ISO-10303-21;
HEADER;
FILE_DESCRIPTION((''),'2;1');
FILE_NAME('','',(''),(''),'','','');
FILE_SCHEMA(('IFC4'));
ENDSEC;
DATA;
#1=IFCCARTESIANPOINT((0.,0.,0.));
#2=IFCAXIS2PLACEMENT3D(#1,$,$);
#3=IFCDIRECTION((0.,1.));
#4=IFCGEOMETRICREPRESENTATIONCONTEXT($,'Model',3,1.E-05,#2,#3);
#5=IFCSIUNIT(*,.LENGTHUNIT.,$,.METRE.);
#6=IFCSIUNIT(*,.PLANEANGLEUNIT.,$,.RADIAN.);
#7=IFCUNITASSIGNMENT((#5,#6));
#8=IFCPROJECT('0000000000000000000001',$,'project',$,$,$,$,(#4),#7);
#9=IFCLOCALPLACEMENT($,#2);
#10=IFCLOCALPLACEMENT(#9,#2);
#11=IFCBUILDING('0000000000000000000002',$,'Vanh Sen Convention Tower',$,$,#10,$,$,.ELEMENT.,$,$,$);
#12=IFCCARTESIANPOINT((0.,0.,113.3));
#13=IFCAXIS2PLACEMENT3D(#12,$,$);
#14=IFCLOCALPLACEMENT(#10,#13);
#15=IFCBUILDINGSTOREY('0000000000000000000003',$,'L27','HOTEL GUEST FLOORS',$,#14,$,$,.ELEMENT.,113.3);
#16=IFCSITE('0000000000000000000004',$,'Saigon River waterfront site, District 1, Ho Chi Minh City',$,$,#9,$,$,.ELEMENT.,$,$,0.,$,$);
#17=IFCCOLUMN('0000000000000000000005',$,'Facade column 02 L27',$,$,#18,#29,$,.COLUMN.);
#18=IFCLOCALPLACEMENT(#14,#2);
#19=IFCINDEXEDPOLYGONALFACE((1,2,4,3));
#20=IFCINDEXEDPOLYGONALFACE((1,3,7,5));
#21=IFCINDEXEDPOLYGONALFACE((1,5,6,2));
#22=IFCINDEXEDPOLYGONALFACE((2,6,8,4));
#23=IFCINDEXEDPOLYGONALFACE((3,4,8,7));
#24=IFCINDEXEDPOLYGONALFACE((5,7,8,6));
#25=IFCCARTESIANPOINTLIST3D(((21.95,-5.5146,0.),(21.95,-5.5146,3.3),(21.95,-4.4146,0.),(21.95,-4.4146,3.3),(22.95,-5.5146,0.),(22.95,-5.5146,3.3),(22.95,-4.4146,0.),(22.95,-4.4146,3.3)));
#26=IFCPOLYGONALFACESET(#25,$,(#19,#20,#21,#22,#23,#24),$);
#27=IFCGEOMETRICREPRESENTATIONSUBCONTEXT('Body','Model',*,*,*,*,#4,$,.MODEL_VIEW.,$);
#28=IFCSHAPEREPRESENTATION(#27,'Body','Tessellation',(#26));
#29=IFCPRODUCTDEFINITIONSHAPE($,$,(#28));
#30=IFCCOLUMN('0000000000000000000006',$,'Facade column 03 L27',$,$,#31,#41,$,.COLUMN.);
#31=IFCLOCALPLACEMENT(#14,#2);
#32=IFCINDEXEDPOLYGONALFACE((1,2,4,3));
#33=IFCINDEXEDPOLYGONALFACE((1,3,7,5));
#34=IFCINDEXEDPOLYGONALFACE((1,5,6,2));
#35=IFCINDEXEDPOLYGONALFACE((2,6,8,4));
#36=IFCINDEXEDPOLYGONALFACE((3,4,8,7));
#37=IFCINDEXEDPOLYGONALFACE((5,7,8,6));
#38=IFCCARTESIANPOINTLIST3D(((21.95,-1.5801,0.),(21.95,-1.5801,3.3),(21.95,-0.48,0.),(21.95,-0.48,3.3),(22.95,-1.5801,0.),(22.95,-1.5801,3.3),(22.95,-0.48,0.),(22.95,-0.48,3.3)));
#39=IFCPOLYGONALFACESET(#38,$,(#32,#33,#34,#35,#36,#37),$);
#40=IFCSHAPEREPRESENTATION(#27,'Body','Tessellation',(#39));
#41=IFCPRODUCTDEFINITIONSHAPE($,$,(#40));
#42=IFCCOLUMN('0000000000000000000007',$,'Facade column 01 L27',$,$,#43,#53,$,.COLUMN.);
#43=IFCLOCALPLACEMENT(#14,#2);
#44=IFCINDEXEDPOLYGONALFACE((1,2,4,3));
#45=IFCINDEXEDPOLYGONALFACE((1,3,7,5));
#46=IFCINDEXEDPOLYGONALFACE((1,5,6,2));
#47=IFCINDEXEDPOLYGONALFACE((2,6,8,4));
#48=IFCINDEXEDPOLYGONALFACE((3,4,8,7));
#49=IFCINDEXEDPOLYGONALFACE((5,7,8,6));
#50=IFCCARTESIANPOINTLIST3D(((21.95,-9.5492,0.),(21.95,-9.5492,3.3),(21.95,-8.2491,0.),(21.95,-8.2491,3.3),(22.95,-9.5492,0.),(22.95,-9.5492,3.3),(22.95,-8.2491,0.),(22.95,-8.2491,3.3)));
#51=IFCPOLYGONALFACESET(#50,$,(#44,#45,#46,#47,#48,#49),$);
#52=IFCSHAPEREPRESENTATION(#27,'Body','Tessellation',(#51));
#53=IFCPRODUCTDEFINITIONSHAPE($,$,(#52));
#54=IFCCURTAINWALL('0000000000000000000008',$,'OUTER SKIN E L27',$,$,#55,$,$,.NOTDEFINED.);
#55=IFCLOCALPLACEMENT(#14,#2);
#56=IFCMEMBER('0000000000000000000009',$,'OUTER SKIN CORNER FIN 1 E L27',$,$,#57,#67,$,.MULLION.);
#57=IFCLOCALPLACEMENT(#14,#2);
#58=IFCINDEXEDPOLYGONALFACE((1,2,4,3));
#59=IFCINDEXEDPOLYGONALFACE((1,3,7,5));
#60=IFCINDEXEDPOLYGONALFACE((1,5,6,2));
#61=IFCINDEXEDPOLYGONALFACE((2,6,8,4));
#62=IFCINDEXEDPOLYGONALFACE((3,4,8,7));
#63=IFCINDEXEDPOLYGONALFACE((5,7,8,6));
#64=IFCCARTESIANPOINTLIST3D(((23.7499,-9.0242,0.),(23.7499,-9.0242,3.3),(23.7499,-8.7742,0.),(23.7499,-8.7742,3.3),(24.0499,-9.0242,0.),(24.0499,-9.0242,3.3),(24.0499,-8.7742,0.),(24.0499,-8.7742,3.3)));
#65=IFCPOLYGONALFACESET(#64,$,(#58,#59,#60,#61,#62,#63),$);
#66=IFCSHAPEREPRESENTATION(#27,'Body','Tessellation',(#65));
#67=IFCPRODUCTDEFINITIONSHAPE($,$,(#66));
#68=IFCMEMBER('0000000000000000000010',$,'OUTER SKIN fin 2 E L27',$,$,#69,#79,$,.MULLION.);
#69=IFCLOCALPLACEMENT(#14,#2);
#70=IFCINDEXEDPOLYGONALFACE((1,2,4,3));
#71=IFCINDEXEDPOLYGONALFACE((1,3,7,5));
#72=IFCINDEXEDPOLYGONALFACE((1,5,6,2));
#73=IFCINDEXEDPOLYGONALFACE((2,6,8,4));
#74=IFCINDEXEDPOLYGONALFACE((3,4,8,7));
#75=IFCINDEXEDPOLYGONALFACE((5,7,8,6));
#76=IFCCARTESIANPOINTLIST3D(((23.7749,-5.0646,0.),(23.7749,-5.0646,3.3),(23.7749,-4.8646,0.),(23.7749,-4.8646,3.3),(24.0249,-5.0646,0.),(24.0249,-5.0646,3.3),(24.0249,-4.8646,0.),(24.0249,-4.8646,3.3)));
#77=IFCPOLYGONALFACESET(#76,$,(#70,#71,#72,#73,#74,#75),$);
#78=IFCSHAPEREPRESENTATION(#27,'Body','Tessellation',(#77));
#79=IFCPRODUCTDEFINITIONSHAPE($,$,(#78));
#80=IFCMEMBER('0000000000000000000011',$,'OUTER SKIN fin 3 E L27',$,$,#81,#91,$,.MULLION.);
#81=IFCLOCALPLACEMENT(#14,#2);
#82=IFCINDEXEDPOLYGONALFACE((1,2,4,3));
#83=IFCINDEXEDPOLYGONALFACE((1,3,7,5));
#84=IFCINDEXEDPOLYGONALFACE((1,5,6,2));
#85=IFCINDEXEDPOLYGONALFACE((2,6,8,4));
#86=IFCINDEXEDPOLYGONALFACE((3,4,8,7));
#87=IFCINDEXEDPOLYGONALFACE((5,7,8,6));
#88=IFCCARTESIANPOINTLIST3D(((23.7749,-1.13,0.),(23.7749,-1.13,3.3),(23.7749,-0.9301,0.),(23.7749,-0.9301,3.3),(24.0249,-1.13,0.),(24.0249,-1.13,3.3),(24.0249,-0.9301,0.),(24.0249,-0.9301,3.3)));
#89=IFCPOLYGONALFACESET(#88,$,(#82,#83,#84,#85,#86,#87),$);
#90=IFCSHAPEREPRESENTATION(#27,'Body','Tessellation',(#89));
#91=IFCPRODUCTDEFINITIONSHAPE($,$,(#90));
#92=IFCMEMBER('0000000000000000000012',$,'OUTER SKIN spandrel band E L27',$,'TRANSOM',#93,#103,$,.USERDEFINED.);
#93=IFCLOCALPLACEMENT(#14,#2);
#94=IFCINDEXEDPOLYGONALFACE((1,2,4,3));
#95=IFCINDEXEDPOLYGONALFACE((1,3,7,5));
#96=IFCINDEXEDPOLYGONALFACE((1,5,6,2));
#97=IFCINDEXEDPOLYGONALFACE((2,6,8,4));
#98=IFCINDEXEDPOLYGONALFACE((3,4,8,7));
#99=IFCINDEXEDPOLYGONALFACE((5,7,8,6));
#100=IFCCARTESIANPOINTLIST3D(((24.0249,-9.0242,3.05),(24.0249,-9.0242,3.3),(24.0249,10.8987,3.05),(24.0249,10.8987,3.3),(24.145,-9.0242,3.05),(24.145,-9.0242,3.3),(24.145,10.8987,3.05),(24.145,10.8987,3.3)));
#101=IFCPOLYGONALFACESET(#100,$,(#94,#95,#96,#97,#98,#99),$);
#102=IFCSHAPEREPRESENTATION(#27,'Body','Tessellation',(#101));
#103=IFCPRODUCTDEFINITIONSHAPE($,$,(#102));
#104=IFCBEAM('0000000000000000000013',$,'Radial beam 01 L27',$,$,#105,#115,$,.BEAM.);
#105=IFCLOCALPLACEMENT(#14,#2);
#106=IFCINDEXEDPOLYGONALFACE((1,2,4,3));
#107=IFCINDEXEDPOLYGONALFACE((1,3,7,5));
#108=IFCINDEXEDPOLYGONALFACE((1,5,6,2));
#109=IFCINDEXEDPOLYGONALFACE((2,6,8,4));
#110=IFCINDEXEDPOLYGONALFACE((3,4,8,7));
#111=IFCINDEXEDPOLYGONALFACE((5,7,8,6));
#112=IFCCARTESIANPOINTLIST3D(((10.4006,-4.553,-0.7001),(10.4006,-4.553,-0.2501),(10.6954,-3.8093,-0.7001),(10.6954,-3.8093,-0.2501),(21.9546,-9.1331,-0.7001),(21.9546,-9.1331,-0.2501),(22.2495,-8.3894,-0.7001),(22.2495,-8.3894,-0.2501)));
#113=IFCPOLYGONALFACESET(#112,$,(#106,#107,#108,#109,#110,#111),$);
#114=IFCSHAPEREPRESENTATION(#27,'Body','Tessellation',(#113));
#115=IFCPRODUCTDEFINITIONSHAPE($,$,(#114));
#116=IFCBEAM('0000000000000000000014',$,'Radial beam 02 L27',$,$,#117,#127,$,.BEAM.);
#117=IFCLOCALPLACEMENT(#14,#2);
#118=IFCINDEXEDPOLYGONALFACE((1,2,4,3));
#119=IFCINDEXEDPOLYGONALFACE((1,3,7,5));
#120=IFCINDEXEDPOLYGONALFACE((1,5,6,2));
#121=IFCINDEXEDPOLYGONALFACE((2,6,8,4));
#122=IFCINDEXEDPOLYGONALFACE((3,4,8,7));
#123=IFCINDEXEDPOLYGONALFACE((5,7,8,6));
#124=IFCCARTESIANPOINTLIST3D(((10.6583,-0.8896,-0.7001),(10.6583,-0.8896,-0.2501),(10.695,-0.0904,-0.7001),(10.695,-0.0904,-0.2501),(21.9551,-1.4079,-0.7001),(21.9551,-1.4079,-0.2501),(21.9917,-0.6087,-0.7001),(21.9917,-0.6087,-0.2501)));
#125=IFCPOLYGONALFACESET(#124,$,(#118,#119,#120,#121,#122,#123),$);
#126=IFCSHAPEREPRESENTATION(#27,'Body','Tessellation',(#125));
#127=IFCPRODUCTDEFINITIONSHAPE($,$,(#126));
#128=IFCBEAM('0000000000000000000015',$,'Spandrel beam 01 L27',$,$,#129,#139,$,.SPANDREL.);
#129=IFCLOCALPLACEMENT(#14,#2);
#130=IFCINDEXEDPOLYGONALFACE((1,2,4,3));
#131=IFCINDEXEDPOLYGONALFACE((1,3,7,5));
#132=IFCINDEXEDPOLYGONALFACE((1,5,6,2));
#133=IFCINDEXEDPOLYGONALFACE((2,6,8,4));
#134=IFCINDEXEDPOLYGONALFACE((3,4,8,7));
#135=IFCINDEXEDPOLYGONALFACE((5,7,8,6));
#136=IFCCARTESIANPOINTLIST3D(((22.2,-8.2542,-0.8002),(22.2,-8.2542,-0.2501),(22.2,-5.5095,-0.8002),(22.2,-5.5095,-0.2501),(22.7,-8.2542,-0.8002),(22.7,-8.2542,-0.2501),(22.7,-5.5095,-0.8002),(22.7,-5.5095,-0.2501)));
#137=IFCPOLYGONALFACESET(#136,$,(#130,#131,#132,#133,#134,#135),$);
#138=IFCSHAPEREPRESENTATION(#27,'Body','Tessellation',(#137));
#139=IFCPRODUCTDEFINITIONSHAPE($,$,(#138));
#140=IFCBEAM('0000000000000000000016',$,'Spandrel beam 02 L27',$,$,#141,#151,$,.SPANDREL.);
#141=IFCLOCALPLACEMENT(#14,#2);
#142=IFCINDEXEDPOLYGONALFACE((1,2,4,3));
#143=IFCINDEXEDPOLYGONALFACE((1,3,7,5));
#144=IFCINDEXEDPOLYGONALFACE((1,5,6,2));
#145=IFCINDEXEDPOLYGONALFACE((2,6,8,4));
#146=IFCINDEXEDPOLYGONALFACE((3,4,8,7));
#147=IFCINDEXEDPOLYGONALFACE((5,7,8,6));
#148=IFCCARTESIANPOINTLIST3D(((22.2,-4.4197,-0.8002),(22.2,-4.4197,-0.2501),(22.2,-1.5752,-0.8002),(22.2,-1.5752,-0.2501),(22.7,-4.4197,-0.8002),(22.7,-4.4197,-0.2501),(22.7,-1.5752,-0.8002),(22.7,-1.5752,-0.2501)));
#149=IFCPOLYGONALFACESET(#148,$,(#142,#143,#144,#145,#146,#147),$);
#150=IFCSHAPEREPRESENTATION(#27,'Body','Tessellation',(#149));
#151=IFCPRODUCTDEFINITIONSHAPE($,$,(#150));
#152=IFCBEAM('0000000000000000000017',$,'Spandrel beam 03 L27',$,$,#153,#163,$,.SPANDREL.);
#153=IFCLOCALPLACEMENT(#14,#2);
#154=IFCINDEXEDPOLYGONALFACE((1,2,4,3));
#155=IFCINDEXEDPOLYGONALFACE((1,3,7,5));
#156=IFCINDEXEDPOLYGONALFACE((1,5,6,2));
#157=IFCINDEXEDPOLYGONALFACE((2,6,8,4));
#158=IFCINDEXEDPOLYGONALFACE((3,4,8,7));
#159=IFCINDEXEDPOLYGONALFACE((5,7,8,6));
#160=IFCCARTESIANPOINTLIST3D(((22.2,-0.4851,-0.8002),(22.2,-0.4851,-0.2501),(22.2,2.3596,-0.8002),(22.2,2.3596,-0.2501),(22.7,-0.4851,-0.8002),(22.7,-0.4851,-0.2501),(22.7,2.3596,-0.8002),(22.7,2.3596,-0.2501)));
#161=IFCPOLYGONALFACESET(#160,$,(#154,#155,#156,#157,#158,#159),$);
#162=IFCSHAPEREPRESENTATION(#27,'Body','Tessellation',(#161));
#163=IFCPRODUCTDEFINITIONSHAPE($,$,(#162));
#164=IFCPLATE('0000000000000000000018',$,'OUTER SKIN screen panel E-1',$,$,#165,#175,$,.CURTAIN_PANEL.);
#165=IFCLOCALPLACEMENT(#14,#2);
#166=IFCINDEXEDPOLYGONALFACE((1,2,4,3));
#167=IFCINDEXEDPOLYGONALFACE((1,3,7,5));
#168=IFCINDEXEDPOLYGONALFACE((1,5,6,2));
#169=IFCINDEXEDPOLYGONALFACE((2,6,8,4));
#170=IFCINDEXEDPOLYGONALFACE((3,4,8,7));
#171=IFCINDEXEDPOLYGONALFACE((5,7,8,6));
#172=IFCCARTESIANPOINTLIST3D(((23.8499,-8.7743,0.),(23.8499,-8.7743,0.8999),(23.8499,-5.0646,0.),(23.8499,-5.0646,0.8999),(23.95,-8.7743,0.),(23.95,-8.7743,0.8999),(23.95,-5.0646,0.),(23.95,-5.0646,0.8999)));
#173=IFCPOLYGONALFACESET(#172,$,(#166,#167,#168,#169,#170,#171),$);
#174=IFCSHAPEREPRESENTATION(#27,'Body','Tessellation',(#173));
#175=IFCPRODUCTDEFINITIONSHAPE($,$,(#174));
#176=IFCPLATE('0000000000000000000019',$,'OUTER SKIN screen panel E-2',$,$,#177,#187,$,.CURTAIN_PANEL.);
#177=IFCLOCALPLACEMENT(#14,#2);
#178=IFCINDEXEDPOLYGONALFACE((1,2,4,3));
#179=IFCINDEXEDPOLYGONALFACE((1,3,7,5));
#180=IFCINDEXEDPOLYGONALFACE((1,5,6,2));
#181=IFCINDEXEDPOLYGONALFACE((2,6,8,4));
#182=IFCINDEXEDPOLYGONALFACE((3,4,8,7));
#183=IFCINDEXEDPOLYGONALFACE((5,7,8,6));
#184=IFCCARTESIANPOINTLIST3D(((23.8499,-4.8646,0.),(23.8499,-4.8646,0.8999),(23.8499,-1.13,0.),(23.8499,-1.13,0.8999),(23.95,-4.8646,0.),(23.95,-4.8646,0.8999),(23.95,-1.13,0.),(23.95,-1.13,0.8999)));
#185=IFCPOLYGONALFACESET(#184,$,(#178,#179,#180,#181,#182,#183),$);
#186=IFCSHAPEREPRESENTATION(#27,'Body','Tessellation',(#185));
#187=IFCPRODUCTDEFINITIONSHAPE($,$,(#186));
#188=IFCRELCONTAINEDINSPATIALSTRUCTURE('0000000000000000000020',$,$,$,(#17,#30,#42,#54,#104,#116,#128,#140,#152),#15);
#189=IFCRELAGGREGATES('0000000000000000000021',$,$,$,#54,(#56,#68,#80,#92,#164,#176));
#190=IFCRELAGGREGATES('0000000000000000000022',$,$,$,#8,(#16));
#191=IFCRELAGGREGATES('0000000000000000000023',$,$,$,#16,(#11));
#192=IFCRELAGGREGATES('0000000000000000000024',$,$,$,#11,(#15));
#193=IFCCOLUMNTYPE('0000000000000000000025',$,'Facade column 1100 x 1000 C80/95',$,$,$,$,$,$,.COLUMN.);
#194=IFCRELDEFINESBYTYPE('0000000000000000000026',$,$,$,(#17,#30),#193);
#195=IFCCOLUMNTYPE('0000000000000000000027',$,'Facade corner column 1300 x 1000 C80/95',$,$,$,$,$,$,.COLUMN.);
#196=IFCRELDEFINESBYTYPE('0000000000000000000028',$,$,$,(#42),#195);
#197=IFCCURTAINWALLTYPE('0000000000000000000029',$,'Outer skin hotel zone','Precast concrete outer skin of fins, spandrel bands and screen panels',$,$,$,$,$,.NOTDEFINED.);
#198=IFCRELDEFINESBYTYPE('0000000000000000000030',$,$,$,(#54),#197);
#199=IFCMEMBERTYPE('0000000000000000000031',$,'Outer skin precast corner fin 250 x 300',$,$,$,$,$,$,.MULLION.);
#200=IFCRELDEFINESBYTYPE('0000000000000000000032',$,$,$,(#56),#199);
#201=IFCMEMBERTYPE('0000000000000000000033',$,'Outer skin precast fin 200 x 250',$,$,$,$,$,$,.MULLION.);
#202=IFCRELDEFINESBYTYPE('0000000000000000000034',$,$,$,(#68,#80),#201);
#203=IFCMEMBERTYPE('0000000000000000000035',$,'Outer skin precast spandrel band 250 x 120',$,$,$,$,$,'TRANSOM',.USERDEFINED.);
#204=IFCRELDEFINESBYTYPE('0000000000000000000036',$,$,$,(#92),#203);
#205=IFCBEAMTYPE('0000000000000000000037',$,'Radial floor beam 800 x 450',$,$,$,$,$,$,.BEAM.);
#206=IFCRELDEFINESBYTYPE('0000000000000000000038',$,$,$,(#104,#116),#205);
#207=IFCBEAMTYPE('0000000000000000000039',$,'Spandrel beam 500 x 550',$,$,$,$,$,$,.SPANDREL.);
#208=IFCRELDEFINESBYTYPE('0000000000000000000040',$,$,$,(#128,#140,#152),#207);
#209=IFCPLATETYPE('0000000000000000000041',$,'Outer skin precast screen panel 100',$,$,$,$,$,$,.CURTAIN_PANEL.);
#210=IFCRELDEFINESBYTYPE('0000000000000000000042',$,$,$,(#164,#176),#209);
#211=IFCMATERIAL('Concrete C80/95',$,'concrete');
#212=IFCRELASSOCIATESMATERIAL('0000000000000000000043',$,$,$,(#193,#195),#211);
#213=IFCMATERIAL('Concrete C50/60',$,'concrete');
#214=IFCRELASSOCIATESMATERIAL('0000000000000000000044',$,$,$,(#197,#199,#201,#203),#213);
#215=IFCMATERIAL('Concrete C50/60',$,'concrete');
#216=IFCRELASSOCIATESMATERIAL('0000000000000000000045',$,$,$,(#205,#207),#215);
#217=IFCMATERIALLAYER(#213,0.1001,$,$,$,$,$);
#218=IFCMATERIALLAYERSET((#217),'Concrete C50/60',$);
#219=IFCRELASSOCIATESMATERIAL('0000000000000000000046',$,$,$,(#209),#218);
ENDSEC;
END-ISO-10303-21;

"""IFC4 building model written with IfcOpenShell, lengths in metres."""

from ifc_helpers import new_model, si_unit, direction, frame, origin, origin_2d, place, context, subcontext, project, spatial, rectangle, extrude, material, layer, layer_set, material_profile, profile_set, type_object, element, aggregate, save


model = new_model("IFC4")

# Units and contexts
model_context = context("Model", 3, precision=1e-05, world=origin(), true_north=direction((0.0, 1.0)))
body_context = subcontext(model_context, "Body", "Model", "MODEL_VIEW")
ifc_project = project(units=[si_unit("LENGTHUNIT", "METRE"), si_unit("PLANEANGLEUNIT", "RADIAN")], contexts=[model_context])

# Site, building, storey
site_placement = place(None, origin())
site = spatial("IfcSite", under=ifc_project, at=site_placement, Name="Saigon River waterfront site, District 1, Ho Chi Minh City", CompositionType="ELEMENT", RefElevation=0.0)
building_placement = place(site_placement, origin())
building = spatial("IfcBuilding", under=site, at=building_placement, Name="Vanh Sen Convention Tower", CompositionType="ELEMENT")
storey_placement = place(building_placement, frame((0.0, 0.0, 113.3)))
storey = spatial("IfcBuildingStorey", under=building, at=storey_placement, Name="L27", Description="HOTEL GUEST FLOORS", CompositionType="ELEMENT", Elevation=113.3)

# Columns
ifc_material_1 = material(Name="Concrete C80/95", Category="concrete")
ifc_material_profile_1 = material_profile(ifc_material_1, rectangle(XDim=1.1001, YDim=1.0, at=origin_2d()), Name="RC 1100X1000")
ifc_profile_set_1 = profile_set([ifc_material_profile_1], Name="Concrete C80/95")
column_type_1 = type_object("IfcColumnType", Name="Facade column 1100 x 1000 C80/95", PredefinedType="COLUMN", material=ifc_profile_set_1)
for number, where, z_axis, x_axis, name in (
    (1, (22.45, -4.9646, 0.0), (0.0, 0.0, 1.0), (0.0, 1.0, 0.0), "Facade column 02 L27"),
    (2, (22.45, -1.03, 0.0), (0.0, 0.0, 1.0), (0.0, 1.0, 0.0), "Facade column 03 L27"),
):
    element("IfcColumn", number, at=place(storey_placement, frame(where, z_axis=z_axis, x_axis=x_axis)), inside=storey, type_object=column_type_1, Name=name, PredefinedType="COLUMN", context=body_context, shape_type="SweptSolid", body=[
        extrude(rectangle(XDim=1.1001, YDim=1.0, at=origin_2d()), origin(), (0.0, 0.0, 1.0), 3.3),
    ])
ifc_material_profile_2 = material_profile(ifc_material_1, rectangle(XDim=1.3, YDim=1.0, at=origin_2d()), Name="RC 1300X1000")
ifc_profile_set_2 = profile_set([ifc_material_profile_2], Name="Concrete C80/95")
column_type_2 = type_object("IfcColumnType", Name="Facade corner column 1300 x 1000 C80/95", PredefinedType="COLUMN", material=ifc_profile_set_2)
column_placement = place(storey_placement, frame((22.45, -8.8992, 0.0), z_axis=(0.0, 0.0, 1.0), x_axis=(0.0, 1.0, 0.0)))
element("IfcColumn", 3, at=column_placement, inside=storey, type_object=column_type_2, Name="Facade column 01 L27", PredefinedType="COLUMN", context=body_context, shape_type="SweptSolid", body=[
    extrude(rectangle(XDim=1.3, YDim=1.0, at=origin_2d()), origin(), (0.0, 0.0, 1.0), 3.3),
])

# Curtain wall, members
ifc_material_2 = material(Name="Concrete C50/60", Category="concrete")
curtain_wall_type = type_object("IfcCurtainWallType", Name="Outer skin hotel zone", Description="Precast concrete outer skin of fins, spandrel bands and screen panels", PredefinedType="NOTDEFINED", material=ifc_material_2)
curtain_wall_placement = place(storey_placement, origin())
curtain_wall = element("IfcCurtainWall", 4, at=curtain_wall_placement, inside=storey, type_object=curtain_wall_type, Name="OUTER SKIN E L27", PredefinedType="NOTDEFINED")
ifc_material_profile_3 = material_profile(ifc_material_2, rectangle(XDim=0.25, YDim=0.3, at=origin_2d()), Name="Outer skin precast corner fin 250 x 300")
ifc_profile_set_3 = profile_set([ifc_material_profile_3], Name="Concrete C50/60")
member_type_1 = type_object("IfcMemberType", Name="Outer skin precast corner fin 250 x 300", PredefinedType="MULLION", material=ifc_profile_set_3)
member_1_placement = place(storey_placement, frame((23.8999, -8.8992, 0.0), z_axis=(0.0, 0.0, 1.0), x_axis=(0.0, 1.0, 0.0)))
member_1 = element("IfcMember", 5, at=member_1_placement, type_object=member_type_1, Name="OUTER SKIN CORNER FIN 1 E L27", PredefinedType="MULLION", context=body_context, shape_type="SweptSolid", body=[
    extrude(rectangle(XDim=0.25, YDim=0.3, at=origin_2d()), origin(), (0.0, 0.0, 1.0), 3.3),
])
ifc_material_profile_4 = material_profile(ifc_material_2, rectangle(XDim=0.2, YDim=0.25, at=origin_2d()), Name="Outer skin precast fin 200 x 250")
ifc_profile_set_4 = profile_set([ifc_material_profile_4], Name="Concrete C50/60")
member_type_2 = type_object("IfcMemberType", Name="Outer skin precast fin 200 x 250", PredefinedType="MULLION", material=ifc_profile_set_4)
member_2_placement = place(storey_placement, frame((23.8999, -4.9646, 0.0), z_axis=(0.0, 0.0, 1.0), x_axis=(0.0, 1.0, 0.0)))
member_2 = element("IfcMember", 6, at=member_2_placement, type_object=member_type_2, Name="OUTER SKIN fin 2 E L27", PredefinedType="MULLION", context=body_context, shape_type="SweptSolid", body=[
    extrude(rectangle(XDim=0.2, YDim=0.25, at=origin_2d()), origin(), (0.0, 0.0, 1.0), 3.3),
])
member_3_placement = place(storey_placement, frame((23.8999, -1.03, 0.0), z_axis=(0.0, 0.0, 1.0), x_axis=(0.0, 1.0, 0.0)))
member_3 = element("IfcMember", 7, at=member_3_placement, type_object=member_type_2, Name="OUTER SKIN fin 3 E L27", PredefinedType="MULLION", context=body_context, shape_type="SweptSolid", body=[
    extrude(rectangle(XDim=0.2, YDim=0.25, at=origin_2d()), origin(), (0.0, 0.0, 1.0), 3.3),
])
ifc_material_profile_5 = material_profile(ifc_material_2, rectangle(XDim=0.1201, YDim=0.25, at=origin_2d()), Name="Outer skin precast spandrel band 250 x 120")
ifc_profile_set_5 = profile_set([ifc_material_profile_5], Name="Concrete C50/60")
member_type_3 = type_object("IfcMemberType", Name="Outer skin precast spandrel band 250 x 120", ElementType="TRANSOM", PredefinedType="USERDEFINED", material=ifc_profile_set_5)
member_4_placement = place(storey_placement, frame((24.085, -9.0242, 3.175), z_axis=(0.0, 1.0, 0.0), x_axis=(-1.0, 0.0, 0.0)))
member_4 = element("IfcMember", 8, at=member_4_placement, type_object=member_type_3, Name="OUTER SKIN spandrel band E L27", ObjectType="TRANSOM", PredefinedType="USERDEFINED", context=body_context, shape_type="SweptSolid", body=[
    extrude(rectangle(XDim=0.1201, YDim=0.25, at=origin_2d()), origin(), (0.0, 0.0, 1.0), 19.9229),
])

# Beams
ifc_material_3 = material(Name="Concrete C50/60", Category="concrete")
ifc_material_profile_6 = material_profile(ifc_material_3, rectangle(XDim=0.8, YDim=0.45, at=origin_2d()), Name="RC 800X450")
ifc_profile_set_6 = profile_set([ifc_material_profile_6], Name="Concrete C50/60")
beam_type_1 = type_object("IfcBeamType", Name="Radial floor beam 800 x 450", PredefinedType="BEAM", material=ifc_profile_set_6)
beam_1_placement = place(storey_placement, frame((22.1021, -8.7612, -0.4751), z_axis=(-0.929624, 0.36851, 0.0), x_axis=(-0.36851, -0.929624, 0.0)))
element("IfcBeam", 9, at=beam_1_placement, inside=storey, type_object=beam_type_1, Name="Radial beam 01 L27", PredefinedType="BEAM", context=body_context, shape_type="SweptSolid", body=[
    extrude(rectangle(XDim=0.8, YDim=0.45, at=origin_2d()), origin(), (0.0, 0.0, 1.0), 12.4287),
])
beam_2_placement = place(storey_placement, frame((21.9734, -1.0083, -0.4751), z_axis=(-0.998949, 0.045834, 0.0), x_axis=(-0.045834, -0.998949, 0.0)))
element("IfcBeam", 10, at=beam_2_placement, inside=storey, type_object=beam_type_1, Name="Radial beam 02 L27", PredefinedType="BEAM", context=body_context, shape_type="SweptSolid", body=[
    extrude(rectangle(XDim=0.8, YDim=0.45, at=origin_2d()), origin(), (0.0, 0.0, 1.0), 11.3086),
])
ifc_material_profile_7 = material_profile(ifc_material_3, rectangle(XDim=0.5, YDim=0.55, at=origin_2d()), Name="RC 500X550")
ifc_profile_set_7 = profile_set([ifc_material_profile_7], Name="Concrete C50/60")
beam_type_2 = type_object("IfcBeamType", Name="Spandrel beam 500 x 550", PredefinedType="SPANDREL", material=ifc_profile_set_7)
beam_3_placement = place(storey_placement, frame((22.45, -8.2542, -0.5251), z_axis=(0.0, 1.0, 0.0), x_axis=(-1.0, 0.0, 0.0)))
element("IfcBeam", 11, at=beam_3_placement, inside=storey, type_object=beam_type_2, Name="Spandrel beam 01 L27", PredefinedType="SPANDREL", context=body_context, shape_type="SweptSolid", body=[
    extrude(rectangle(XDim=0.5, YDim=0.55, at=origin_2d()), origin(), (0.0, 0.0, 1.0), 2.7446),
])
beam_4_placement = place(storey_placement, frame((22.45, -4.4197, -0.5251), z_axis=(0.0, 1.0, 0.0), x_axis=(-1.0, 0.0, 0.0)))
element("IfcBeam", 12, at=beam_4_placement, inside=storey, type_object=beam_type_2, Name="Spandrel beam 02 L27", PredefinedType="SPANDREL", context=body_context, shape_type="SweptSolid", body=[
    extrude(rectangle(XDim=0.5, YDim=0.55, at=origin_2d()), origin(), (0.0, 0.0, 1.0), 2.8445),
])
beam_5_placement = place(storey_placement, frame((22.45, -0.4851, -0.5251), z_axis=(0.0, 1.0, 0.0), x_axis=(-1.0, 0.0, 0.0)))
element("IfcBeam", 13, at=beam_5_placement, inside=storey, type_object=beam_type_2, Name="Spandrel beam 03 L27", PredefinedType="SPANDREL", context=body_context, shape_type="SweptSolid", body=[
    extrude(rectangle(XDim=0.5, YDim=0.55, at=origin_2d()), origin(), (0.0, 0.0, 1.0), 2.8447),
])

# Plates
ifc_layer_1 = layer(ifc_material_2, 0.1001)
ifc_layer_set_1 = layer_set([ifc_layer_1], Name="Concrete C50/60")
plate_type = type_object("IfcPlateType", Name="Outer skin precast screen panel 100", PredefinedType="CURTAIN_PANEL", material=ifc_layer_set_1)
plate_1_placement = place(storey_placement, frame((23.8999, -6.9194, 0.0), z_axis=(0.0, 0.0, 1.0), x_axis=(0.0, 1.0, 0.0)))
plate_1 = element("IfcPlate", 14, at=plate_1_placement, type_object=plate_type, Name="OUTER SKIN screen panel E-1", PredefinedType="CURTAIN_PANEL", context=body_context, shape_type="SweptSolid", body=[
    extrude(rectangle(XDim=3.7097, YDim=0.1001, at=origin_2d()), origin(), (0.0, 0.0, 1.0), 0.8999),
])
plate_2_placement = place(storey_placement, frame((23.8999, -2.9973, 0.0), z_axis=(0.0, 0.0, 1.0), x_axis=(0.0, 1.0, 0.0)))
plate_2 = element("IfcPlate", 15, at=plate_2_placement, type_object=plate_type, Name="OUTER SKIN screen panel E-2", PredefinedType="CURTAIN_PANEL", context=body_context, shape_type="SweptSolid", body=[
    extrude(rectangle(XDim=3.7346, YDim=0.1001, at=origin_2d()), origin(), (0.0, 0.0, 1.0), 0.8999),
])
aggregate(curtain_wall, [member_1, member_2, member_3, member_4, plate_1, plate_2])

save(model, "model.ifc")
